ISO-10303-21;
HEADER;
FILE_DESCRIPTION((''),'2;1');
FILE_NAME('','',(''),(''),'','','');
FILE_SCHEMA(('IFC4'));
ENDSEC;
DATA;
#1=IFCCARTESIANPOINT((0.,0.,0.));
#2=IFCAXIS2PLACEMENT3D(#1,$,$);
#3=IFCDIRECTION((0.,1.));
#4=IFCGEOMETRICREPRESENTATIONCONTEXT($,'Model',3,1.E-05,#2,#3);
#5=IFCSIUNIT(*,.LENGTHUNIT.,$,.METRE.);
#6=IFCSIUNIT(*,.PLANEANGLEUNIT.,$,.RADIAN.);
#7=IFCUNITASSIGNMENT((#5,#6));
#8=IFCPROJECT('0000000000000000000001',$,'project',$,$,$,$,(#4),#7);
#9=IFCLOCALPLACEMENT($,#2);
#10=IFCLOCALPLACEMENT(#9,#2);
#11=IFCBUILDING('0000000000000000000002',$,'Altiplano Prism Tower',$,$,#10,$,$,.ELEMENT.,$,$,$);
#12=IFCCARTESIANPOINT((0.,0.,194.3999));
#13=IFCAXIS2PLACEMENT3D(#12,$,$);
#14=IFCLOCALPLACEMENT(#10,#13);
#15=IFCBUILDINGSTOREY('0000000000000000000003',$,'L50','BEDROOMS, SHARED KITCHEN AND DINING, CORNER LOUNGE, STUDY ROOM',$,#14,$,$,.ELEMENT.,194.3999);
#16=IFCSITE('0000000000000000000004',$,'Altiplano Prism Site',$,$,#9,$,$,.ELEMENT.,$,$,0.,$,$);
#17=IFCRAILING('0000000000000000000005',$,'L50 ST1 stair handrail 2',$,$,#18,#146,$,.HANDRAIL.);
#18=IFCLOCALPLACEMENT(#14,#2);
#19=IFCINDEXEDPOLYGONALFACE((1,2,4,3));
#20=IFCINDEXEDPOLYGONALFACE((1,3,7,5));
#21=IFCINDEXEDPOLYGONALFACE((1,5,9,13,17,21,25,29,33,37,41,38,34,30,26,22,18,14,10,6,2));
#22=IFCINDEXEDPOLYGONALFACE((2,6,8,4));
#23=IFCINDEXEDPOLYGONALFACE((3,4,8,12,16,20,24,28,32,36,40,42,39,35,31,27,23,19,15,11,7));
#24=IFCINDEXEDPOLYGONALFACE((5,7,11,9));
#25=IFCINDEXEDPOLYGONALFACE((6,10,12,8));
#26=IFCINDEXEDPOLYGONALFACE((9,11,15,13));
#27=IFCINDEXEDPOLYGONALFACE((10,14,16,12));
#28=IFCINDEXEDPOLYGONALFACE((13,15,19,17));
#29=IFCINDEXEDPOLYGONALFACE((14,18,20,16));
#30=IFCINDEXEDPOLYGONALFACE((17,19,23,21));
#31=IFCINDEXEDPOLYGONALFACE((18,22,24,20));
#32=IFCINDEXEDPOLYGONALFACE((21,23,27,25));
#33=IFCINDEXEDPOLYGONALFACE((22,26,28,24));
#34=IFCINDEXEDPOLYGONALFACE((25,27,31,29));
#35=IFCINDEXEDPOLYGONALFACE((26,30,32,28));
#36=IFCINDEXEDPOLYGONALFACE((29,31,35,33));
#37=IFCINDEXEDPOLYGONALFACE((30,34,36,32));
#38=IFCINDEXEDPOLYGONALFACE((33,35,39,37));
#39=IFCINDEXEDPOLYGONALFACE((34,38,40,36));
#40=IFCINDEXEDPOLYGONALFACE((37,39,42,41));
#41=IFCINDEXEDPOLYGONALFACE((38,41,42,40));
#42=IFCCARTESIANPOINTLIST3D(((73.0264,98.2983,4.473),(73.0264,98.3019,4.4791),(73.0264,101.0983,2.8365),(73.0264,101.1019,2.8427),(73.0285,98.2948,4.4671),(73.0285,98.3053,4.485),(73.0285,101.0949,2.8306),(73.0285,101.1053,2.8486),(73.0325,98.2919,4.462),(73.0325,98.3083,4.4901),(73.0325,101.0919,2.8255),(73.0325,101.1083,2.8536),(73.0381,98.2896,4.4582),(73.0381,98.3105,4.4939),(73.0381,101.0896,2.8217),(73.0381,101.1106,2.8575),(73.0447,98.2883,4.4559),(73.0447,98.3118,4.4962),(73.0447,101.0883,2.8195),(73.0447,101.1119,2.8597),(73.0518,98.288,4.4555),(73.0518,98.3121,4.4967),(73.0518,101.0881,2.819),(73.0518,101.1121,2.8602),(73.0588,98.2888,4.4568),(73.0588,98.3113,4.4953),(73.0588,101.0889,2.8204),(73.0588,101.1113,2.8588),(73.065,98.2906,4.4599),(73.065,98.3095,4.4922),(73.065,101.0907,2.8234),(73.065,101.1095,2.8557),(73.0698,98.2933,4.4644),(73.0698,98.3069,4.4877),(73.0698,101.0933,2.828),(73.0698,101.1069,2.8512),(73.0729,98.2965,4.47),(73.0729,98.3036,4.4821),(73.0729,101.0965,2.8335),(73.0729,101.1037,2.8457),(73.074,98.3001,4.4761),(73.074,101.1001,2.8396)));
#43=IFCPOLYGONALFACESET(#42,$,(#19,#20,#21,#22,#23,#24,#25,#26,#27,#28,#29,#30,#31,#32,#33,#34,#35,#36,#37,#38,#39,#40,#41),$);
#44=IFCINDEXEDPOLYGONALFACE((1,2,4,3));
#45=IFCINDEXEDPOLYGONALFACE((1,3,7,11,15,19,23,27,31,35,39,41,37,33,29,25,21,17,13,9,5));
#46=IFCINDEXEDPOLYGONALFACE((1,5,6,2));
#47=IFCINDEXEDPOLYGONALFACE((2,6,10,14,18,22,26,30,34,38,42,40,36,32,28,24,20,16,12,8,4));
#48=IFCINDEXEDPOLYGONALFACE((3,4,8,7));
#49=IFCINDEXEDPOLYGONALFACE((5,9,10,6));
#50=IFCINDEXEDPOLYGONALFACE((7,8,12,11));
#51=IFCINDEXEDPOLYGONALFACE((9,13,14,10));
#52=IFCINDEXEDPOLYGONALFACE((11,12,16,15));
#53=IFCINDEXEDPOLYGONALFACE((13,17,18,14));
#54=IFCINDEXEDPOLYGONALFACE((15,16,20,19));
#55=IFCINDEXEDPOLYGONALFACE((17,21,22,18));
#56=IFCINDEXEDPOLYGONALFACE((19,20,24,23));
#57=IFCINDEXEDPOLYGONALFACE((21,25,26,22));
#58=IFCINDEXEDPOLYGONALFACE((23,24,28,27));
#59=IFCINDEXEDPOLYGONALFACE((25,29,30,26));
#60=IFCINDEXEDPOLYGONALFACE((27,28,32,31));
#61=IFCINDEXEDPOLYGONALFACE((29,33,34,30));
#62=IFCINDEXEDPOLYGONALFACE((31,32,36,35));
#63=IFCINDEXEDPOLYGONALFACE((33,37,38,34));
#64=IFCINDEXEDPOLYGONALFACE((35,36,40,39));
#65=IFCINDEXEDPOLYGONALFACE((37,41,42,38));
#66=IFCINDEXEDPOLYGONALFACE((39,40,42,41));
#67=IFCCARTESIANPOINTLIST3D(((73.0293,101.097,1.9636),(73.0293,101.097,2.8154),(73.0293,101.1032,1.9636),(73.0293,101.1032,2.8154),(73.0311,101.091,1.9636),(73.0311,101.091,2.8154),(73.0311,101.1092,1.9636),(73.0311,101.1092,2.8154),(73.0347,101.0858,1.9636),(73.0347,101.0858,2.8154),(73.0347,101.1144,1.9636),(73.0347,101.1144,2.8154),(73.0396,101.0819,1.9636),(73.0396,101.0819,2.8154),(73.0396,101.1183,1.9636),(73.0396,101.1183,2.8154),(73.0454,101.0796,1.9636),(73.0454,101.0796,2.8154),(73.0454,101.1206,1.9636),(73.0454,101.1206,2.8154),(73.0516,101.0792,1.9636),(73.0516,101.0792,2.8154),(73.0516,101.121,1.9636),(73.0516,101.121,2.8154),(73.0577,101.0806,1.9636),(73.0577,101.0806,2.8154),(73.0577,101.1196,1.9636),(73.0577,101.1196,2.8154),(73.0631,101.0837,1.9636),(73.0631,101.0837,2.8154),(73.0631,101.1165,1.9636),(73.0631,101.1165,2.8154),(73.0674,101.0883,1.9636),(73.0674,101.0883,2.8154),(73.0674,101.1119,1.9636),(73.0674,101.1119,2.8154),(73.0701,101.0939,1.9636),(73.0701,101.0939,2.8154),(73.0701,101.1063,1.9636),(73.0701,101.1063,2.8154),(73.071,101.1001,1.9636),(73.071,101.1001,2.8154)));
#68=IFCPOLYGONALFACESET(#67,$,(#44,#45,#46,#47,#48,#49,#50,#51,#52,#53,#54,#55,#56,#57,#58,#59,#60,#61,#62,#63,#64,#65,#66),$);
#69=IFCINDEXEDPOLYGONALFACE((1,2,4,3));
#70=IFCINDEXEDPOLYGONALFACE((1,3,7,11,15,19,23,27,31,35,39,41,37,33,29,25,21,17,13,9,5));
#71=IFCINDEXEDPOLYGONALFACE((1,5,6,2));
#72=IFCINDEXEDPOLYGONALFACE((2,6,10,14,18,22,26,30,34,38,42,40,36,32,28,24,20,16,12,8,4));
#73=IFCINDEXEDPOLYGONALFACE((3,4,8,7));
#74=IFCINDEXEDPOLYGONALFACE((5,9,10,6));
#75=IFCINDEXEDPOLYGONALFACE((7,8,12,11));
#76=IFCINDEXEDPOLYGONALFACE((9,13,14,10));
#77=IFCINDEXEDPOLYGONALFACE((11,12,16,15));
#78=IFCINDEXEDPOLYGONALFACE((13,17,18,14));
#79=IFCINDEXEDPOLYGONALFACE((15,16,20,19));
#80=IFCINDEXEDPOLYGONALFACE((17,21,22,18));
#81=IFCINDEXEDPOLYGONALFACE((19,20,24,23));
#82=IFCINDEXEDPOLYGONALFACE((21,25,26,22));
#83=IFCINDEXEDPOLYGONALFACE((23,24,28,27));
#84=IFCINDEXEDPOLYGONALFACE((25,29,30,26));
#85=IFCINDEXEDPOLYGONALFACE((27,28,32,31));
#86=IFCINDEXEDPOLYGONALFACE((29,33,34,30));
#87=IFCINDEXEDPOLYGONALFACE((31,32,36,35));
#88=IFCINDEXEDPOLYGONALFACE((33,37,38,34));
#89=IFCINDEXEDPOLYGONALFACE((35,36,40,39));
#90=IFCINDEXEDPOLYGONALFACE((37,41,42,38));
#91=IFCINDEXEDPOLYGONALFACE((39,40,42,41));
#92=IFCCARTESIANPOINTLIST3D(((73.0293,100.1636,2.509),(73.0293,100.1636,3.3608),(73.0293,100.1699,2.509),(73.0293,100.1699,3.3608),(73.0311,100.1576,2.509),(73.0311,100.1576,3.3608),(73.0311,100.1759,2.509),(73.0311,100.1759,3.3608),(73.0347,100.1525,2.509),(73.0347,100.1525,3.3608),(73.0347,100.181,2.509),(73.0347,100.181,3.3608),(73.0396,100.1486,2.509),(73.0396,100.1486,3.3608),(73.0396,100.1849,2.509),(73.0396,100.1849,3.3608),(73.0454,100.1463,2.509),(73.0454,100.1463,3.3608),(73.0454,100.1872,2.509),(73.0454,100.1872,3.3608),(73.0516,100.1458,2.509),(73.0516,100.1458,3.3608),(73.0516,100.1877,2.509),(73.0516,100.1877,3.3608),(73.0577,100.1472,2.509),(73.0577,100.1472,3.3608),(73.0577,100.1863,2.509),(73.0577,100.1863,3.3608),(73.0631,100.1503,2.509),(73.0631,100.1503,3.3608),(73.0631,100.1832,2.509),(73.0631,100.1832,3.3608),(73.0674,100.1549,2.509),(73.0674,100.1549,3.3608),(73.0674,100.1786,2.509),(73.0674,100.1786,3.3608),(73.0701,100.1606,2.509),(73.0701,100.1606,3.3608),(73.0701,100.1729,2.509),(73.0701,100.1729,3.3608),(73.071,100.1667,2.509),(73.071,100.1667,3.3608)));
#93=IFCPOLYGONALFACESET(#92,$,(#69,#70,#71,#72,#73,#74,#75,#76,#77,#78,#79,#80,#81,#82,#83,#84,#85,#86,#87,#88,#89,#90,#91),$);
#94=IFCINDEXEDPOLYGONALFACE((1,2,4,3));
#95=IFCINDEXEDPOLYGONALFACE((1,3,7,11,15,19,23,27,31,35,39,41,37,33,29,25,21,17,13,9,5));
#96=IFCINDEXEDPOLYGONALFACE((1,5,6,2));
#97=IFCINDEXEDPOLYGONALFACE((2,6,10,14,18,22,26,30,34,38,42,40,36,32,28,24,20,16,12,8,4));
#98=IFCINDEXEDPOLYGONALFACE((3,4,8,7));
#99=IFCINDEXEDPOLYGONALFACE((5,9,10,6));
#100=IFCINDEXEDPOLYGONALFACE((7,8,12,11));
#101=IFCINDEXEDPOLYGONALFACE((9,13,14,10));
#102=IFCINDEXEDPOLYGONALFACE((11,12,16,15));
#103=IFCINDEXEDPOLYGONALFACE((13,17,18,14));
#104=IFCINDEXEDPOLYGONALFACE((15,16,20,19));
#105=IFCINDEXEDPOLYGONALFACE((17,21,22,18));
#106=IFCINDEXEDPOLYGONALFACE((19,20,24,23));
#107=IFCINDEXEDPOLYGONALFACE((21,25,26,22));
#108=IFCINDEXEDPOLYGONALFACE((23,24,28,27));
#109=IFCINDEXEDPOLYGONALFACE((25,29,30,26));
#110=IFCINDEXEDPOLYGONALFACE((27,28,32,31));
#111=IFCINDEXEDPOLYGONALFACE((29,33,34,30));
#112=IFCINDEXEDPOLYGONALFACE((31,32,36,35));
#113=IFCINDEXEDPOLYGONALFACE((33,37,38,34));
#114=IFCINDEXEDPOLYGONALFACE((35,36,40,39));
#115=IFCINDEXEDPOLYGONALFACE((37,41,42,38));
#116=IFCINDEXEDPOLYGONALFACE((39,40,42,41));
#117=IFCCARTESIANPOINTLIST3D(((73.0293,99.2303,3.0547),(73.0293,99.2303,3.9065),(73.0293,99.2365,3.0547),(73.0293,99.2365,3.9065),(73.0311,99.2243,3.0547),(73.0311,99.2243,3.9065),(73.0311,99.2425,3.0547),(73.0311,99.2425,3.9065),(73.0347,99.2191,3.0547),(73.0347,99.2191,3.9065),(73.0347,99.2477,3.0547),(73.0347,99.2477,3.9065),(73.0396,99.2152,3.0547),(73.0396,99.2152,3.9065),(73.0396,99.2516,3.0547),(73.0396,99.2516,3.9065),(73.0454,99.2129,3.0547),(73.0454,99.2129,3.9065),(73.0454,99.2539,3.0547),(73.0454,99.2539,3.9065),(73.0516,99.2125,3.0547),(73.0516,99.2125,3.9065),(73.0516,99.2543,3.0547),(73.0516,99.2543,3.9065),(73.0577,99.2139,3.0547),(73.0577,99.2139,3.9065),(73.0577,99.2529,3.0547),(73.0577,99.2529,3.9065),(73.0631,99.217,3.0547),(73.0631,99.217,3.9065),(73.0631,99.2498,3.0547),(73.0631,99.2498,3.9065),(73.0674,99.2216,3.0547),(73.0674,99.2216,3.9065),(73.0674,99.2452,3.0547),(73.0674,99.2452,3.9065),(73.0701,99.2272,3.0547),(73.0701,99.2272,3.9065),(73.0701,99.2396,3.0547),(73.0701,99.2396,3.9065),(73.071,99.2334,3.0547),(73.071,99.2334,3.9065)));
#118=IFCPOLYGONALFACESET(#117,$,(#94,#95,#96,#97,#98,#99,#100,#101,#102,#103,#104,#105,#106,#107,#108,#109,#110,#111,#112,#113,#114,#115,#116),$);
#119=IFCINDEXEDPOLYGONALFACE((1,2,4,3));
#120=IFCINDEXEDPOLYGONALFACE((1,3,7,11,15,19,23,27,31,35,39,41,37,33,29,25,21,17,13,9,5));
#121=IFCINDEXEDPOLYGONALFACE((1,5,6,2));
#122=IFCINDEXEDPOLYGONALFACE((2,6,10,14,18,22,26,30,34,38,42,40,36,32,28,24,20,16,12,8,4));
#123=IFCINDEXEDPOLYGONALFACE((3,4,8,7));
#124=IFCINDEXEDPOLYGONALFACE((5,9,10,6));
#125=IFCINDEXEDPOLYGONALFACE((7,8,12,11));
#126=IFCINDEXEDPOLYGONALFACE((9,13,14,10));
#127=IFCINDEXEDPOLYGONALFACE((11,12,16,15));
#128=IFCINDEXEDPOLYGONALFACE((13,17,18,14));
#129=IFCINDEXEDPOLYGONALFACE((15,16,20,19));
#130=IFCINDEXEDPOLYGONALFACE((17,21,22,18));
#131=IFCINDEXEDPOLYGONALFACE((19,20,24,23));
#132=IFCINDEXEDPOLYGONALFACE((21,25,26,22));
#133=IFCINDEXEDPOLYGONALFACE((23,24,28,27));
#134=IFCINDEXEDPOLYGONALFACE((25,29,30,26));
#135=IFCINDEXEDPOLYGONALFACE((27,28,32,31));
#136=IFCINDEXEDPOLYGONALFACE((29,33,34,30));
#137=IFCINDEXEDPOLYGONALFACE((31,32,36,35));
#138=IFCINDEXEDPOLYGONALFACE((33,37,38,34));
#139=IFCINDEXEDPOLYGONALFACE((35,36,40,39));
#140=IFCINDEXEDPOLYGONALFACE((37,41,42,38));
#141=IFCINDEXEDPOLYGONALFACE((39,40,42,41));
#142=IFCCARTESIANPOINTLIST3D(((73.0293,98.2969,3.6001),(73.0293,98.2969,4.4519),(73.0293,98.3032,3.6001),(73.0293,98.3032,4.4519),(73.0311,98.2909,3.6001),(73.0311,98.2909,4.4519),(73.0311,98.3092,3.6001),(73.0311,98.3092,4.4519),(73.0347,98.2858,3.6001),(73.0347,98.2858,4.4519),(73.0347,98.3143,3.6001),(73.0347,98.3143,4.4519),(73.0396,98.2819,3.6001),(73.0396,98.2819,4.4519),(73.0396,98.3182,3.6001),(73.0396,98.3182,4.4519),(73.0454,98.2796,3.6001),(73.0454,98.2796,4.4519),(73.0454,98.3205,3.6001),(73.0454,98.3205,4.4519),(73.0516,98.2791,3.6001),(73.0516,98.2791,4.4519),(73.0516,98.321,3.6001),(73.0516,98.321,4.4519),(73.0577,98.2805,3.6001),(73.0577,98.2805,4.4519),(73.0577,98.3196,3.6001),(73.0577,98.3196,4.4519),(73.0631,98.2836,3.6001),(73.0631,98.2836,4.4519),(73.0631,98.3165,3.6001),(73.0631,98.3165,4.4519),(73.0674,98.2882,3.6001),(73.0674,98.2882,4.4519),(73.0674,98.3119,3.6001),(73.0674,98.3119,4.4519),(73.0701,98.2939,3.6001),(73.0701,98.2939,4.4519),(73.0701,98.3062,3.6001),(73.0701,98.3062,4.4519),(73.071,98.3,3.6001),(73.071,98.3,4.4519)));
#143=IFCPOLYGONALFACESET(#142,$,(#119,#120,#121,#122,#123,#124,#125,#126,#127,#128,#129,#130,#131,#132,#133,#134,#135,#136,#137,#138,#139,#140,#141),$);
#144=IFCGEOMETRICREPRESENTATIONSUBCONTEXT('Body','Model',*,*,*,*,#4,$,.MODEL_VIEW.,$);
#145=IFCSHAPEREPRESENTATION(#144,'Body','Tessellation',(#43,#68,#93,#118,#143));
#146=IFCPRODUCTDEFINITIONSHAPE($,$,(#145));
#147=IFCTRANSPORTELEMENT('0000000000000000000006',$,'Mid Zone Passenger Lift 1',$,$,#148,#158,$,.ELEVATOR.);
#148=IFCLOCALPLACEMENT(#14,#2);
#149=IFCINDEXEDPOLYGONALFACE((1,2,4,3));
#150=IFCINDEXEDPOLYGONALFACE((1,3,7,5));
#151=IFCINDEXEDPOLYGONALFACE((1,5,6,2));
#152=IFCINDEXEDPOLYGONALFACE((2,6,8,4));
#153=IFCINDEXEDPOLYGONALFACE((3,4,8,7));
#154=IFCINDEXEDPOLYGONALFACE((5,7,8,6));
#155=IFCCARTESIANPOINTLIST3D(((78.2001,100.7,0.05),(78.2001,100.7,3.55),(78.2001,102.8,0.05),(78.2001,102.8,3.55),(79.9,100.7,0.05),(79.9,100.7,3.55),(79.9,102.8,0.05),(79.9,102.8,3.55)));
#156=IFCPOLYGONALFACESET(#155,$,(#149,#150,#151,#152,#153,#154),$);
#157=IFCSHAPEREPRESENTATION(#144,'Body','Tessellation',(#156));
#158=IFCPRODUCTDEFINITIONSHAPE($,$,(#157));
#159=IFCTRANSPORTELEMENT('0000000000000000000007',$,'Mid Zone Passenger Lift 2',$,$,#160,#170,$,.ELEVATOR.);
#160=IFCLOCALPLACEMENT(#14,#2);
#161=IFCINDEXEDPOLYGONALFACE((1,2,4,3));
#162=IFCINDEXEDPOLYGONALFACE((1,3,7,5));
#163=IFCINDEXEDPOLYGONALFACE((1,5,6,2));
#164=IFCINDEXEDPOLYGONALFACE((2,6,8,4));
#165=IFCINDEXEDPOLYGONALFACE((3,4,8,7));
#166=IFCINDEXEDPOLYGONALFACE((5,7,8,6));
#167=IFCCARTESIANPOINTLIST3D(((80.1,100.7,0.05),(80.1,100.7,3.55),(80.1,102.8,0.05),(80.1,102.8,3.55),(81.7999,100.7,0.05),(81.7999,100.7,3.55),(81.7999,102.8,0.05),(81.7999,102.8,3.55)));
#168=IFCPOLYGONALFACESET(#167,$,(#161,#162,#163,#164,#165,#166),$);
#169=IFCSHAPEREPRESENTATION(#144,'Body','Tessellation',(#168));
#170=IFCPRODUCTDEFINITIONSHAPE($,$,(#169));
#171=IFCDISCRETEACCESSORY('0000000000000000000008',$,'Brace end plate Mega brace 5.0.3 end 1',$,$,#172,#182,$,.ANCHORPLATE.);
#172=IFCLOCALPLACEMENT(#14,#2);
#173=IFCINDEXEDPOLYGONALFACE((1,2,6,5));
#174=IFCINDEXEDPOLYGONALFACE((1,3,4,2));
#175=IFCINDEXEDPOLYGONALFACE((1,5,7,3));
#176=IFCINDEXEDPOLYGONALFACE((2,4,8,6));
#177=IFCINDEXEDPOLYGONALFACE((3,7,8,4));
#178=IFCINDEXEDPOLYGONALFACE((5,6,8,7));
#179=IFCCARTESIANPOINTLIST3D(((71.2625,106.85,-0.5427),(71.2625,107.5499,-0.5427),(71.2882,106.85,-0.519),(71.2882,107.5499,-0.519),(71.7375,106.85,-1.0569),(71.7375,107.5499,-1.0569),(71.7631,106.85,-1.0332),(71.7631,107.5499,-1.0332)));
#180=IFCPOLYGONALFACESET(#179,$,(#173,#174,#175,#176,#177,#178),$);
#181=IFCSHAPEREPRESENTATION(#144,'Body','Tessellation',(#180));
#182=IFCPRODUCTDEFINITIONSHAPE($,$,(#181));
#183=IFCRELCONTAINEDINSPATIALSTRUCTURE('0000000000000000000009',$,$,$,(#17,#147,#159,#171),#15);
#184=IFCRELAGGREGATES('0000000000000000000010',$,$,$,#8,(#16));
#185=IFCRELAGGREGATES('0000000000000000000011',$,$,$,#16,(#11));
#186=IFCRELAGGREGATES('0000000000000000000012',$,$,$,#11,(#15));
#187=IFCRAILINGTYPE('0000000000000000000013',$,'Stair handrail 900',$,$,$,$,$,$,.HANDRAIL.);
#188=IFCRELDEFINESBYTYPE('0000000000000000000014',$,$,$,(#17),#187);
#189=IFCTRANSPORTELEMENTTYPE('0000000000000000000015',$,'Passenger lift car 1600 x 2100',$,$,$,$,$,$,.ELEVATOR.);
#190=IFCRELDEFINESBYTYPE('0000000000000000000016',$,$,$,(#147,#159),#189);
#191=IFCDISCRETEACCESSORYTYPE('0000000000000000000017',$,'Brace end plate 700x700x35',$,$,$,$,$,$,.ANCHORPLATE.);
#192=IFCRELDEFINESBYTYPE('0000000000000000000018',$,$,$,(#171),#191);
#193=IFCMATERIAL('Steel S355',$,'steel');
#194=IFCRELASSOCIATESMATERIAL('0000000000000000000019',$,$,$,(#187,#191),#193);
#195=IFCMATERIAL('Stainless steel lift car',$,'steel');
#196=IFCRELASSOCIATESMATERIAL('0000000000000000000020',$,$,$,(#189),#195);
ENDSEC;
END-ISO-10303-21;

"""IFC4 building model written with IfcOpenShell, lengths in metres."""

from ifc_helpers import new_model, si_unit, direction, frame, origin, origin_2d, place, context, subcontext, project, spatial, rectangle, circle, extrude, material, material_profile, profile_set, type_object, element, save


model = new_model("IFC4")

# Units and contexts
model_context = context("Model", 3, precision=1e-05, world=origin(), true_north=direction((0.0, 1.0)))
body_context = subcontext(model_context, "Body", "Model", "MODEL_VIEW")
ifc_project = project(units=[si_unit("LENGTHUNIT", "METRE"), si_unit("PLANEANGLEUNIT", "RADIAN")], contexts=[model_context])

# Site, building, storey
site_placement = place(None, origin())
site = spatial("IfcSite", under=ifc_project, at=site_placement, Name="Altiplano Prism Site", CompositionType="ELEMENT", RefElevation=0.0)
building_placement = place(site_placement, origin())
building = spatial("IfcBuilding", under=site, at=building_placement, Name="Altiplano Prism Tower", CompositionType="ELEMENT")
storey_placement = place(building_placement, frame((0.0, 0.0, 194.3999)))
storey = spatial("IfcBuildingStorey", under=building, at=storey_placement, Name="L50", Description="BEDROOMS, SHARED KITCHEN AND DINING, CORNER LOUNGE, STUDY ROOM", CompositionType="ELEMENT", Elevation=194.3999)

# Shared definitions
ifc_material_1 = material(Name="Steel S355", Category="steel")

# Railing
railing_type_1 = type_object("IfcRailingType", Name="Stair handrail 900", PredefinedType="HANDRAIL", material=ifc_material_1)
railing_1_placement = place(storey_placement, frame((73.05, 101.1001, 1.9636)))
element("IfcRailing", 1, at=railing_1_placement, inside=storey, type_object=railing_type_1, Name="L50 ST1 stair handrail 2", PredefinedType="HANDRAIL", context=body_context, shape_type="SweptSolid", body=[
    extrude(circle(Radius=0.0239, at=origin_2d()), frame((0.0, 0.0, 0.876), z_axis=(0.0, -0.863361, 0.504587), x_axis=(1.0, 0.0, 0.0)), (0.0, 0.0, 1.0), 3.2432),
    extrude(circle(Radius=0.021, at=origin_2d()), origin(), (0.0, 0.0, 1.0), 0.8518),
    extrude(circle(Radius=0.021, at=origin_2d()), frame((0.0, -0.9333, 0.5454)), (0.0, 0.0, 1.0), 0.8518),
    extrude(circle(Radius=0.021, at=origin_2d()), frame((0.0, -1.8667, 1.0911)), (0.0, 0.0, 1.0), 0.8518),
    extrude(circle(Radius=0.021, at=origin_2d()), frame((0.0, -2.8, 1.6365)), (0.0, 0.0, 1.0), 0.8518),
])

# Transport elements
ifc_material_2 = material(Name="Stainless steel lift car", Category="steel")
transport_element_type = type_object("IfcTransportElementType", Name="Passenger lift car 1600 x 2100", PredefinedType="ELEVATOR", material=ifc_material_2)
for number, where, z_axis, x_axis, name in (
    (2, (79.05, 101.75, 0.05), (0.0, 0.0, 1.0), (1.0, 0.0, 0.0), "Mid Zone Passenger Lift 1"),
    (3, (80.95, 101.75, 0.05), (0.0, 0.0, 1.0), (1.0, 0.0, 0.0), "Mid Zone Passenger Lift 2"),
):
    element("IfcTransportElement", number, at=place(storey_placement, frame(where, z_axis=z_axis, x_axis=x_axis)), inside=storey, type_object=transport_element_type, Name=name, PredefinedType="ELEVATOR", context=body_context, shape_type="SweptSolid", body=[
        extrude(rectangle(XDim=1.7, YDim=2.1001, at=origin_2d()), origin(), (0.0, 0.0, 1.0), 3.5),
    ])

# Discrete accessory
ifc_material_profile_1 = material_profile(ifc_material_1, rectangle(XDim=0.7, YDim=0.7, at=origin_2d()), Name="Brace end plate 700x700x35")
ifc_profile_set_1 = profile_set([ifc_material_profile_1], Name="Steel S355")
discrete_accessory_type = type_object("IfcDiscreteAccessoryType", Name="Brace end plate 700x700x35", PredefinedType="ANCHORPLATE", material=ifc_profile_set_1)
discrete_accessory_placement = place(storey_placement, frame((71.5, 107.2, -0.7998), z_axis=(0.734535, 0.0, 0.678571), x_axis=(0.0, 1.0, 0.0)))
element("IfcDiscreteAccessory", 4, at=discrete_accessory_placement, inside=storey, type_object=discrete_accessory_type, Name="Brace end plate Mega brace 5.0.3 end 1", PredefinedType="ANCHORPLATE", context=body_context, shape_type="SweptSolid", body=[
    extrude(rectangle(XDim=0.7, YDim=0.7, at=origin_2d()), origin(), (0.0, 0.0, 1.0), 0.0349),
])

save(model, "model.ifc")
